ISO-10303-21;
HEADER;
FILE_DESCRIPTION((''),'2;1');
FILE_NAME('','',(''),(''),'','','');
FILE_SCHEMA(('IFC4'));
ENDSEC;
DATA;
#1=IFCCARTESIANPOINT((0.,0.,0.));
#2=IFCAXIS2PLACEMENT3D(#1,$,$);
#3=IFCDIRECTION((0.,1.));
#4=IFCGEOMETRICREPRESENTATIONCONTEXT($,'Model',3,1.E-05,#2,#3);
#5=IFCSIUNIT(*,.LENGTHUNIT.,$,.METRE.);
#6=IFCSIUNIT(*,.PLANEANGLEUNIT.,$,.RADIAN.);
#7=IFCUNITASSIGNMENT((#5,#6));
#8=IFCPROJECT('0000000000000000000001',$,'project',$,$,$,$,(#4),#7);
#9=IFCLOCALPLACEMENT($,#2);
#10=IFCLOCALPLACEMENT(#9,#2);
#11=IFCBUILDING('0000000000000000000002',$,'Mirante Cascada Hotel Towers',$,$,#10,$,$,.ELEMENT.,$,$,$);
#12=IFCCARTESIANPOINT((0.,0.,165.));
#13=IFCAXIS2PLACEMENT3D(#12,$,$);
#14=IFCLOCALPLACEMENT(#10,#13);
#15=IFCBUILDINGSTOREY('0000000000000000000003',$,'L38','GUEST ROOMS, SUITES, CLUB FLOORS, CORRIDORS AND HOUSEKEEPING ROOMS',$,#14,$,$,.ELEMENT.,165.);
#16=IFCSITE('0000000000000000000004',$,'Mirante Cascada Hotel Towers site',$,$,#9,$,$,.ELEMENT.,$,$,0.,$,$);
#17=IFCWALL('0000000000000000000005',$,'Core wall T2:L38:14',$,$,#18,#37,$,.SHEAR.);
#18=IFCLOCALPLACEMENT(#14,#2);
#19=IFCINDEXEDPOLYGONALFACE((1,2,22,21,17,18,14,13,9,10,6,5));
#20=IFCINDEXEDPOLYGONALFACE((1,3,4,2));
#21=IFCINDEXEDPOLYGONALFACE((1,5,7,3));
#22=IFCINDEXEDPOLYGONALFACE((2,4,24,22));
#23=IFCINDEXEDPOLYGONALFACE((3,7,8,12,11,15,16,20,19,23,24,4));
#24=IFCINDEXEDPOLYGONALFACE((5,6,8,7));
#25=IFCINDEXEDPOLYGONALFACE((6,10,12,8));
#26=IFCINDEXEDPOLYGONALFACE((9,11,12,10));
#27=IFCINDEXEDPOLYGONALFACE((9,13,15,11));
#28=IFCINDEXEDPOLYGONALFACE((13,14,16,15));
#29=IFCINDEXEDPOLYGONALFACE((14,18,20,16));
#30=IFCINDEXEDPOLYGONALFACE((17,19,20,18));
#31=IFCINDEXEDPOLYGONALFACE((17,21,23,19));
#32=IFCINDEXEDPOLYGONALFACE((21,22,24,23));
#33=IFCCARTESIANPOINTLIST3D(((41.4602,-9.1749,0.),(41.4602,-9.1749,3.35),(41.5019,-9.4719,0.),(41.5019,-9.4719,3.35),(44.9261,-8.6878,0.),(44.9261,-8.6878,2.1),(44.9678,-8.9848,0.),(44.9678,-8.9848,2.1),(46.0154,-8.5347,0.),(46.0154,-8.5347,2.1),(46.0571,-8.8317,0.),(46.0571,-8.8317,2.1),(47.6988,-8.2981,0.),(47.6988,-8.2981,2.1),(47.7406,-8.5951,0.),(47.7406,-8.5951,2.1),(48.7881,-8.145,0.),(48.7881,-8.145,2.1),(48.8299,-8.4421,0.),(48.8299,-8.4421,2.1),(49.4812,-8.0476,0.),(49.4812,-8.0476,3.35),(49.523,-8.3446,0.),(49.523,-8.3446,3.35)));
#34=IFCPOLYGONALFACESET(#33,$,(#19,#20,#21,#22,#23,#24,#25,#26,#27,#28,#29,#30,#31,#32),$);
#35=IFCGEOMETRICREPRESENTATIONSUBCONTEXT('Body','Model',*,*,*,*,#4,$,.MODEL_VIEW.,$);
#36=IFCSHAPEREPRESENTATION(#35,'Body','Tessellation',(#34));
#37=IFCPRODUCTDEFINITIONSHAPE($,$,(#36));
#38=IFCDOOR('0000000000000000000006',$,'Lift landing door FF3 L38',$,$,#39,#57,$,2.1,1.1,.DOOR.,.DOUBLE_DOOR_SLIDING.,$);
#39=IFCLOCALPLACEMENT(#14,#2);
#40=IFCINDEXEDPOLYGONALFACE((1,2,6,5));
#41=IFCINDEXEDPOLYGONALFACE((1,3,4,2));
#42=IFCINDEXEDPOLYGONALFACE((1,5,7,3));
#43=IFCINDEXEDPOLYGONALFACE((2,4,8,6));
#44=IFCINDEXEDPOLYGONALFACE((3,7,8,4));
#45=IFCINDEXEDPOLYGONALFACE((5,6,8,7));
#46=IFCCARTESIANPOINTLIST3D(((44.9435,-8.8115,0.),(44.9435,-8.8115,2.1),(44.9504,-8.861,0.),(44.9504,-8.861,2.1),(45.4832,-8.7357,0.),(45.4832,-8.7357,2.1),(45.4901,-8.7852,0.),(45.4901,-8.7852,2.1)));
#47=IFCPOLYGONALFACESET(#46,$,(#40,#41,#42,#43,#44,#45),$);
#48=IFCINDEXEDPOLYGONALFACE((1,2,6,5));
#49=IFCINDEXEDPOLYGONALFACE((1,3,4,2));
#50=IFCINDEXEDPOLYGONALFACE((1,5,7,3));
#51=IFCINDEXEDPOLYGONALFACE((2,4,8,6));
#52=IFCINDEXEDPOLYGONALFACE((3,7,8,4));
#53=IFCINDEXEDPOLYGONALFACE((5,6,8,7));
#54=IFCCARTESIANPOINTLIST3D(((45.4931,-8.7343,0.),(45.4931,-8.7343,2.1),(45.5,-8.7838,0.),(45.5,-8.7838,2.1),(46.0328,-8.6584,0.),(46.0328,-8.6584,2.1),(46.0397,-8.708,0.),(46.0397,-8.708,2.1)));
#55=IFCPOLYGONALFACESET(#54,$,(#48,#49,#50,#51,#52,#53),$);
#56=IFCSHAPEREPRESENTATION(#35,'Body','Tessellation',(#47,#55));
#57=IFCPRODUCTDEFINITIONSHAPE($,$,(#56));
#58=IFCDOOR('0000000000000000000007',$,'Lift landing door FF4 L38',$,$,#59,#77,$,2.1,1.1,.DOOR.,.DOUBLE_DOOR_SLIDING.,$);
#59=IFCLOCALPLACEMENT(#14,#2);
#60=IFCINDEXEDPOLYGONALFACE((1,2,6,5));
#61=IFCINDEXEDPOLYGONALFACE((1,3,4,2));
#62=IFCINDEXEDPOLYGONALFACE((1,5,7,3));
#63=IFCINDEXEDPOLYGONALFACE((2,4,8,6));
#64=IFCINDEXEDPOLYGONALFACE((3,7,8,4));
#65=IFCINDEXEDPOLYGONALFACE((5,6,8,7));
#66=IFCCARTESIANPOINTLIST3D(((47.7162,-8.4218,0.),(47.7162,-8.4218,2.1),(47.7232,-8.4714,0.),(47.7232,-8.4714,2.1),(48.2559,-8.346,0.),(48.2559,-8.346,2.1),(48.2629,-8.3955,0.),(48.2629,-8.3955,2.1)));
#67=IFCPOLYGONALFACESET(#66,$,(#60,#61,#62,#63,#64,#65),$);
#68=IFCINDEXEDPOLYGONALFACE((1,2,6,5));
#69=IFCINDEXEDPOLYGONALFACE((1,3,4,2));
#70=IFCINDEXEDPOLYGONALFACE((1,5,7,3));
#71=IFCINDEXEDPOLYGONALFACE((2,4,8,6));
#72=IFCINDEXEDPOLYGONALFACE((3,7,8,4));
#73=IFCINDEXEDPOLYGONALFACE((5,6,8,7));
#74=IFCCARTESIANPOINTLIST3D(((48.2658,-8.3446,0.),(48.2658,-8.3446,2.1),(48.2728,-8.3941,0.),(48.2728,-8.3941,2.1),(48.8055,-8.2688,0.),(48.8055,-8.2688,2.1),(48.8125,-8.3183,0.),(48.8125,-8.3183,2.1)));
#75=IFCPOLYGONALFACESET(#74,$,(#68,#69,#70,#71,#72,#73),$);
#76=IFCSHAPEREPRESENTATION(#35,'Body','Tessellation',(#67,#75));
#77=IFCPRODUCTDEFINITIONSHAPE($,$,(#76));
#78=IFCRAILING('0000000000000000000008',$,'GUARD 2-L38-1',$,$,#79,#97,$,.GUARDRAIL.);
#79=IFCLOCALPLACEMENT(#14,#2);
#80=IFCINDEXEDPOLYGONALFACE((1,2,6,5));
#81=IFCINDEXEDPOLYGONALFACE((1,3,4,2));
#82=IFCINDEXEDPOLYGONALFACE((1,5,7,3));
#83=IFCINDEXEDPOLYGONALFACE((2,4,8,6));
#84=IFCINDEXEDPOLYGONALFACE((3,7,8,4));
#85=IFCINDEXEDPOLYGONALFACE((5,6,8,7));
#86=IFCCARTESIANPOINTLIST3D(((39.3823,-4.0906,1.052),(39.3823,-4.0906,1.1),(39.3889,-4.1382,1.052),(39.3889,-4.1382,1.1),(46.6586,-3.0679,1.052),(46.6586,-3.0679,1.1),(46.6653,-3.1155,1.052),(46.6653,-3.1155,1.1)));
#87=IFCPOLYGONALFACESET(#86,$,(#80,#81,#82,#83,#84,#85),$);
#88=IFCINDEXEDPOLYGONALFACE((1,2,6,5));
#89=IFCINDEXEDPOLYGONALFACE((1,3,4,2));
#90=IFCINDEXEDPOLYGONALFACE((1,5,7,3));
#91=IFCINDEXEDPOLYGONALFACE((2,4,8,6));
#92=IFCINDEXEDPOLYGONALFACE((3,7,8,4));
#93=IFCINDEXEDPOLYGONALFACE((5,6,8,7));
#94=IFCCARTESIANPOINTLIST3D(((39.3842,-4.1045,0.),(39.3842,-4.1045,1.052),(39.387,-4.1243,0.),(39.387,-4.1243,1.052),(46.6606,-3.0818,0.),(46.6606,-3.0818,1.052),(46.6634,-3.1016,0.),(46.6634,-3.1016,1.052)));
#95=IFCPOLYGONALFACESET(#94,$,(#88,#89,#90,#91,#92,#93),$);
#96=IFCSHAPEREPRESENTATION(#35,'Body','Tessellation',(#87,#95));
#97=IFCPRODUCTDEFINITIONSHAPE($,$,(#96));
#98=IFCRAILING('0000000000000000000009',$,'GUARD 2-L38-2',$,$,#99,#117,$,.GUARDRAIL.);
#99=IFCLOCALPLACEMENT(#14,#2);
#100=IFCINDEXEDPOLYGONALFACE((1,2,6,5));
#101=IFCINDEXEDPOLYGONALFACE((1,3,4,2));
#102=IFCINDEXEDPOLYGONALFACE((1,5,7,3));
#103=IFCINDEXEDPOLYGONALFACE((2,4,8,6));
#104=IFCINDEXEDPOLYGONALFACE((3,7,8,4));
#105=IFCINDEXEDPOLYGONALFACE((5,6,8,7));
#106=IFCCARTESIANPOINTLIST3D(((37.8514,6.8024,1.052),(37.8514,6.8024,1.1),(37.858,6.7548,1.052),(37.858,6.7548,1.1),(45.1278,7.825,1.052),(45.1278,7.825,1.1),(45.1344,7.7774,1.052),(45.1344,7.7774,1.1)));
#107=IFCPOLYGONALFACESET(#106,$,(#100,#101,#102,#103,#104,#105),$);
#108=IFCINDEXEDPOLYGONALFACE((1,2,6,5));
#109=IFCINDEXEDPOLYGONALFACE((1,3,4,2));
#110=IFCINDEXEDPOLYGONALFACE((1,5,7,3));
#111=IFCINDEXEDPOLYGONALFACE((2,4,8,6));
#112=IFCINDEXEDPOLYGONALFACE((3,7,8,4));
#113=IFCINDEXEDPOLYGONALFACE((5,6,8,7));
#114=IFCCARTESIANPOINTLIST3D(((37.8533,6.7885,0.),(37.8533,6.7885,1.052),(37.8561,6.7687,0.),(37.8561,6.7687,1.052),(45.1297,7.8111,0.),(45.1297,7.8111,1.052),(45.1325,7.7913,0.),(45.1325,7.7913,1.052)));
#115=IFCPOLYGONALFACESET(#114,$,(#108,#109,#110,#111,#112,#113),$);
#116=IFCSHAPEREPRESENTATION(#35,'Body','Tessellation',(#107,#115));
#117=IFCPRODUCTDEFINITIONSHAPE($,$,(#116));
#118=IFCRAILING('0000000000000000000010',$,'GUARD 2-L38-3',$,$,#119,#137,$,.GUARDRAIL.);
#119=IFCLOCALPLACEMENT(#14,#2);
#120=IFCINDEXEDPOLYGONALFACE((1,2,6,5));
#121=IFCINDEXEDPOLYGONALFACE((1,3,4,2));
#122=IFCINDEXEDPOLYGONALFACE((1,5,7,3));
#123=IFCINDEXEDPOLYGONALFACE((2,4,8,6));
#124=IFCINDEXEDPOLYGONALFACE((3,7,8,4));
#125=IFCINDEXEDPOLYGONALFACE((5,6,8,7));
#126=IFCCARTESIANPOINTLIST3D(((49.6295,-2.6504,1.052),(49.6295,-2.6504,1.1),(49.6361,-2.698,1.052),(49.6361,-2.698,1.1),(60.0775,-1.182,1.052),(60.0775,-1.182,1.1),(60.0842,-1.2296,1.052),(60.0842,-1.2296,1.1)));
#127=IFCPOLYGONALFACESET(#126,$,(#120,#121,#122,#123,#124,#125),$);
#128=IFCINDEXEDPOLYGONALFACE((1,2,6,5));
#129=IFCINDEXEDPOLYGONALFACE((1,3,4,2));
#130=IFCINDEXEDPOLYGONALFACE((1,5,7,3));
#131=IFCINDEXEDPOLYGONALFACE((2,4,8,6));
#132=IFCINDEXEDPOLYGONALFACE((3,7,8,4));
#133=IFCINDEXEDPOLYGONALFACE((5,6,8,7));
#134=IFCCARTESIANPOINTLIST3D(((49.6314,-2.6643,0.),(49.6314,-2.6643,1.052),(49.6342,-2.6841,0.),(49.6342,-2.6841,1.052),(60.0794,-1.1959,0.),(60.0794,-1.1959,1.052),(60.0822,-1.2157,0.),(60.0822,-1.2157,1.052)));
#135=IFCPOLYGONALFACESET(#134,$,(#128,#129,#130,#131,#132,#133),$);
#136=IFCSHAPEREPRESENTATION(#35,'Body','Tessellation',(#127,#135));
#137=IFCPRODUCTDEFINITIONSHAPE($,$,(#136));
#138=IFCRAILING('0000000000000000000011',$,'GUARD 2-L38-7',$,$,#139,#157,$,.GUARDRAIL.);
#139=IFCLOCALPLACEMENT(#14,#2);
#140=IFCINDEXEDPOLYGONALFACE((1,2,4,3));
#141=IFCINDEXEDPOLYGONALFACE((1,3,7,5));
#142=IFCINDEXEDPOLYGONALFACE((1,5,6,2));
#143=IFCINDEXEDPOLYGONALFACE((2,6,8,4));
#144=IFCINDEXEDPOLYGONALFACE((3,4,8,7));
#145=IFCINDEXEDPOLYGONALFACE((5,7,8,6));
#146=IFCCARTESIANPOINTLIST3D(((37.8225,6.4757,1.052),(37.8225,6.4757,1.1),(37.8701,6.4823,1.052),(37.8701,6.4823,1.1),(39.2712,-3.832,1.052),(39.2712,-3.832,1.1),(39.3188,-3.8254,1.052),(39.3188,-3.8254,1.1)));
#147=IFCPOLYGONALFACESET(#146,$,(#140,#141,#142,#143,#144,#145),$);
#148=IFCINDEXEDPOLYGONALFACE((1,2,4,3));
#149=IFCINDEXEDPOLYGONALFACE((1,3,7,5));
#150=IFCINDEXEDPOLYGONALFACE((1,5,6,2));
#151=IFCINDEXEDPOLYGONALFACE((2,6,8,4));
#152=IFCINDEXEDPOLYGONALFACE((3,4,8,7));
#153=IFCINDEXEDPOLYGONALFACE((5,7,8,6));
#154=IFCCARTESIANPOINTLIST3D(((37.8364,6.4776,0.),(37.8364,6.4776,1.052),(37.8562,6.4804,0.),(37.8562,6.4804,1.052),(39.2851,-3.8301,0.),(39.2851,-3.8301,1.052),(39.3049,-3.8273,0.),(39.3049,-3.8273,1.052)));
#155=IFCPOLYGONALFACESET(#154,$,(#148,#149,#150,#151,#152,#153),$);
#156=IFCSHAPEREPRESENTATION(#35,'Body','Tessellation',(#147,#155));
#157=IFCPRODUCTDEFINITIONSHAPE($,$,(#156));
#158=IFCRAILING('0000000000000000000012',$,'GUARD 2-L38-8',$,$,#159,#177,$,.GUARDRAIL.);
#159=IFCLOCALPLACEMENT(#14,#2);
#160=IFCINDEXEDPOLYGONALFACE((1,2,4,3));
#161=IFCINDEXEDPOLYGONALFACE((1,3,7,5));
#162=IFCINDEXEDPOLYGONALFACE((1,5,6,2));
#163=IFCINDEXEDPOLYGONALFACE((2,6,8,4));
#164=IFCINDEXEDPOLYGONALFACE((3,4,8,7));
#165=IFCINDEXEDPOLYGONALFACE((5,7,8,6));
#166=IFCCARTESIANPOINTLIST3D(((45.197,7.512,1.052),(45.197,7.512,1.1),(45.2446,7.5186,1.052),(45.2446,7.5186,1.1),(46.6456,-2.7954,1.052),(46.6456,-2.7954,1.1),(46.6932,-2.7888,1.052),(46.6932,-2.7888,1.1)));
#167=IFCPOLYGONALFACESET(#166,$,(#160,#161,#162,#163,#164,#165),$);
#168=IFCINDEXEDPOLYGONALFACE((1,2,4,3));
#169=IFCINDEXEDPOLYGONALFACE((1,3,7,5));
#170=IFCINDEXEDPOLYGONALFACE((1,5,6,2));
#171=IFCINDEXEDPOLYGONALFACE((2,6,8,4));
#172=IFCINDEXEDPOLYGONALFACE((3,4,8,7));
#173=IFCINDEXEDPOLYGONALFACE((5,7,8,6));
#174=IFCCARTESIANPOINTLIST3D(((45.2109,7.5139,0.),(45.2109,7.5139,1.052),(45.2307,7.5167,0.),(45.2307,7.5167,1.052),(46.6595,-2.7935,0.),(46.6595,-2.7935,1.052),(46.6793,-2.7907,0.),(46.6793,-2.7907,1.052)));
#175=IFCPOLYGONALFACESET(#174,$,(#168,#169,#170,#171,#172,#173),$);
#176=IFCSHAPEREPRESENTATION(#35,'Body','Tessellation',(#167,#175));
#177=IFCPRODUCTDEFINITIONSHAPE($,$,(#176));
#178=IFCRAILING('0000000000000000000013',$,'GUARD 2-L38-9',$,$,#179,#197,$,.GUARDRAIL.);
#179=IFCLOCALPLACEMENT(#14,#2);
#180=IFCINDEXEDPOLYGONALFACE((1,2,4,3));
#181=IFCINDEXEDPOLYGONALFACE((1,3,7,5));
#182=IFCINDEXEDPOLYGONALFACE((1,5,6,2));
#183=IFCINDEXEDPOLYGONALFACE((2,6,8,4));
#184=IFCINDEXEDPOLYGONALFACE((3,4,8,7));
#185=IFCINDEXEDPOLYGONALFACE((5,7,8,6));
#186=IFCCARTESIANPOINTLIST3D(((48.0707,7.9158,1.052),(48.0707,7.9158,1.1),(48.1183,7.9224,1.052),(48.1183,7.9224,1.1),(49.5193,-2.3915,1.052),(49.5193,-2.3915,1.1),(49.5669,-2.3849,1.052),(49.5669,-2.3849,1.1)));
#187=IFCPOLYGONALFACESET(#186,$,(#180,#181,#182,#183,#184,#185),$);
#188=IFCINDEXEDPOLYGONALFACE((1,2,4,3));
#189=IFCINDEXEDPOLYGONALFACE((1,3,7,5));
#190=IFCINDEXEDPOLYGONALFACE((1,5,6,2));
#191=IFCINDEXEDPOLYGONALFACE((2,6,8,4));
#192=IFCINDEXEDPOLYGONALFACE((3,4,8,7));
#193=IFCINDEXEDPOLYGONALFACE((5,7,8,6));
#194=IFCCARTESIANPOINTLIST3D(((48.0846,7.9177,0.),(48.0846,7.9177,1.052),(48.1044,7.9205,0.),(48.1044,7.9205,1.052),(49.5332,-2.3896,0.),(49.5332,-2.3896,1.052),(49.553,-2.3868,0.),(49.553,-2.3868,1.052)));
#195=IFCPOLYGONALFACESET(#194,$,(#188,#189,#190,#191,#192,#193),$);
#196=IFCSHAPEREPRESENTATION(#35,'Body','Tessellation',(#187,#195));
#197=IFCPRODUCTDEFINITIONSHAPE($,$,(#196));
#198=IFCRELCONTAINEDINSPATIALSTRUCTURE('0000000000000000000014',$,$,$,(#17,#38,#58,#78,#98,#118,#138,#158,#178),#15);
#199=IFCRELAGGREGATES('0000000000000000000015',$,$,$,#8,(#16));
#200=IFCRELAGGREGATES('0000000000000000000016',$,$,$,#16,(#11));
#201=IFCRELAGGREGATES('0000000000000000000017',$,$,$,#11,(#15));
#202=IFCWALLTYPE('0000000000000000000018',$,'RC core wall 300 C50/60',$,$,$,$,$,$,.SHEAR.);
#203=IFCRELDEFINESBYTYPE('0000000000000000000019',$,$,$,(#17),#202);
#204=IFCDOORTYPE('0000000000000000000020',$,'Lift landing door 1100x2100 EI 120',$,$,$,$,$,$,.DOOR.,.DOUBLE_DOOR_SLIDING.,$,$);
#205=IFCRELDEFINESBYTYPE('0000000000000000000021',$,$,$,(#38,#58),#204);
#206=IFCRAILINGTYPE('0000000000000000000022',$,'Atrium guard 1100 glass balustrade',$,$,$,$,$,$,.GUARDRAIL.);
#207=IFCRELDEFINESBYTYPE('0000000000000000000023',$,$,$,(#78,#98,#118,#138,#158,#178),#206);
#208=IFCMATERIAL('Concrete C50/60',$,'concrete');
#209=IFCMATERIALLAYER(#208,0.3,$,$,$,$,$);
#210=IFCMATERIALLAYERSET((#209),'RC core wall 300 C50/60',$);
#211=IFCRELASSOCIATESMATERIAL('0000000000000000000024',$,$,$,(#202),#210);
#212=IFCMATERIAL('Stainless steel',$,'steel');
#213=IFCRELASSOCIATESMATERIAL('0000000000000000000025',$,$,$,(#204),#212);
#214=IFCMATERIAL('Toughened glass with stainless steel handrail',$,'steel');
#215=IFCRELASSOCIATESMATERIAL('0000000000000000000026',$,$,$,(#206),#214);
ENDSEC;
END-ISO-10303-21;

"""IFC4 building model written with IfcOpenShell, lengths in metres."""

from ifc_helpers import new_model, si_unit, direction, frame, frame_2d, origin, origin_2d, place, context, subcontext, project, spatial, rectangle, extrude, material, layer, layer_set, type_object, element, fill, save


model = new_model("IFC4")

# Units and contexts
model_context = context("Model", 3, precision=1e-05, world=origin(), true_north=direction((0.0, 1.0)))
body_context = subcontext(model_context, "Body", "Model", "MODEL_VIEW")
ifc_project = project(units=[si_unit("LENGTHUNIT", "METRE"), si_unit("PLANEANGLEUNIT", "RADIAN")], contexts=[model_context])

# Site, building, storey
site_placement = place(None, origin())
site = spatial("IfcSite", under=ifc_project, at=site_placement, Name="Mirante Cascada Hotel Towers site", CompositionType="ELEMENT", RefElevation=0.0)
building_placement = place(site_placement, origin())
building = spatial("IfcBuilding", under=site, at=building_placement, Name="Mirante Cascada Hotel Towers", CompositionType="ELEMENT")
storey_placement = place(building_placement, frame((0.0, 0.0, 165.0)))
storey = spatial("IfcBuildingStorey", under=building, at=storey_placement, Name="L38", Description="GUEST ROOMS, SUITES, CLUB FLOORS, CORRIDORS AND HOUSEKEEPING ROOMS", CompositionType="ELEMENT", Elevation=165.0)

# Shared definitions
ifc_material_1 = material(Name="Concrete C50/60", Category="concrete")
ifc_layer_1 = layer(ifc_material_1, 0.3)
ifc_layer_set_1 = layer_set([ifc_layer_1], Name="RC core wall 300 C50/60")
wall_type_1 = type_object("IfcWallType", Name="RC core wall 300 C50/60", PredefinedType="SHEAR", material=ifc_layer_set_1)

# Wall, openings, doors
wall_1_placement = place(storey_placement, frame((41.481, -9.3234, 0.0), z_axis=(0.0, 0.0, 1.0), x_axis=(0.990268, 0.139174, 0.0)))
wall_1 = element("IfcWall", 1, at=wall_1_placement, inside=storey, type_object=wall_type_1, Name="Core wall T2:L38:14", PredefinedType="SHEAR", context=body_context, shape_type="SweptSolid", body=[
    extrude(rectangle(XDim=8.0999, YDim=0.3, at=frame_2d((4.05, 0.0))), origin(), (0.0, 0.0, 1.0), 3.35),
])
opening_1_placement = place(wall_1_placement, frame((3.5, 0.0, 0.0)))
opening_1 = element("IfcOpeningElement", 2, at=opening_1_placement, cuts=wall_1, PredefinedType="OPENING", context=body_context, shape_type="SweptSolid", body=[
    extrude(rectangle(XDim=1.1, YDim=2.1, at=frame_2d((0.55, 1.05))), frame((0.0, 0.15, 0.0), z_axis=(0.0, -1.0, 0.0), x_axis=(1.0, 0.0, 0.0)), (0.0, 0.0, 1.0), 0.3),
])
opening_2_placement = place(wall_1_placement, frame((6.3, 0.0, 0.0)))
opening_2 = element("IfcOpeningElement", 3, at=opening_2_placement, cuts=wall_1, PredefinedType="OPENING", context=body_context, shape_type="SweptSolid", body=[
    extrude(rectangle(XDim=1.1, YDim=2.1, at=frame_2d((0.55, 1.05))), frame((0.0, 0.15, 0.0), z_axis=(0.0, -1.0, 0.0), x_axis=(1.0, 0.0, 0.0)), (0.0, 0.0, 1.0), 0.3),
])
ifc_material_2 = material(Name="Stainless steel", Category="steel")
door_type_1 = type_object("IfcDoorType", Name="Lift landing door 1100x2100 EI 120", OperationType="DOUBLE_DOOR_SLIDING", PredefinedType="DOOR", material=ifc_material_2)
door_1_placement = place(opening_1_placement, origin())
door_1 = element("IfcDoor", 4, at=door_1_placement, inside=storey, type_object=door_type_1, Name="Lift landing door FF3 L38", OperationType="DOUBLE_DOOR_SLIDING", OverallHeight=2.1, OverallWidth=1.1, PredefinedType="DOOR", context=body_context, shape_type="SweptSolid", body=[
    extrude(rectangle(XDim=0.545, YDim=2.1, at=frame_2d((0.2725, 1.05))), frame((0.0, 0.025, 0.0), z_axis=(0.0, -1.0, 0.0), x_axis=(1.0, 0.0, 0.0)), (0.0, 0.0, 1.0), 0.05),
    extrude(rectangle(XDim=0.545, YDim=2.1, at=frame_2d((0.8275, 1.05))), frame((0.0, 0.025, 0.0), z_axis=(0.0, -1.0, 0.0), x_axis=(1.0, 0.0, 0.0)), (0.0, 0.0, 1.0), 0.05),
])
fill(opening_1, door_1)
door_2_placement = place(opening_2_placement, origin())
door_2 = element("IfcDoor", 5, at=door_2_placement, inside=storey, type_object=door_type_1, Name="Lift landing door FF4 L38", OperationType="DOUBLE_DOOR_SLIDING", OverallHeight=2.1, OverallWidth=1.1, PredefinedType="DOOR", context=body_context, shape_type="SweptSolid", body=[
    extrude(rectangle(XDim=0.545, YDim=2.1, at=frame_2d((0.2725, 1.05))), frame((0.0, 0.025, 0.0), z_axis=(0.0, -1.0, 0.0), x_axis=(1.0, 0.0, 0.0)), (0.0, 0.0, 1.0), 0.05),
    extrude(rectangle(XDim=0.545, YDim=2.1, at=frame_2d((0.8275, 1.05))), frame((0.0, 0.025, 0.0), z_axis=(0.0, -1.0, 0.0), x_axis=(1.0, 0.0, 0.0)), (0.0, 0.0, 1.0), 0.05),
])
fill(opening_2, door_2)

# Railings
ifc_material_3 = material(Name="Toughened glass with stainless steel handrail", Category="steel")
railing_type = type_object("IfcRailingType", Name="Atrium guard 1100 glass balustrade", PredefinedType="GUARDRAIL", material=ifc_material_3)
railing_1_placement = place(storey_placement, frame((39.3856, -4.1144, 0.0)))
element("IfcRailing", 6, at=railing_1_placement, inside=storey, type_object=railing_type, Name="GUARD 2-L38-1", PredefinedType="GUARDRAIL", context=body_context, shape_type="SweptSolid", body=[
    extrude(rectangle(XDim=0.048, YDim=0.048, at=origin_2d()), frame((0.0, 0.0, 1.076), z_axis=(0.990267, 0.139182, 0.0), x_axis=(-0.139182, 0.990267, 0.0)), (0.0, 0.0, 1.0), 7.3479),
    extrude(rectangle(XDim=0.02, YDim=1.052, at=origin_2d()), frame((0.0, 0.0, 0.526), z_axis=(0.990267, 0.139182, 0.0), x_axis=(-0.139182, 0.990267, 0.0)), (0.0, 0.0, 1.0), 7.3479),
])
railing_2_placement = place(storey_placement, frame((45.1311, 7.8012, 0.0)))
element("IfcRailing", 7, at=railing_2_placement, inside=storey, type_object=railing_type, Name="GUARD 2-L38-2", PredefinedType="GUARDRAIL", context=body_context, shape_type="SweptSolid", body=[
    extrude(rectangle(XDim=0.048, YDim=0.048, at=origin_2d()), frame((0.0, 0.0, 1.076), z_axis=(-0.990269, -0.139169, 0.0), x_axis=(0.139169, -0.990269, 0.0)), (0.0, 0.0, 1.0), 7.3479),
    extrude(rectangle(XDim=0.02, YDim=1.052, at=origin_2d()), frame((0.0, 0.0, 0.526), z_axis=(-0.990269, -0.139169, 0.0), x_axis=(0.139169, -0.990269, 0.0)), (0.0, 0.0, 1.0), 7.3479),
])
railing_3_placement = place(storey_placement, frame((49.6328, -2.6742, 0.0)))
element("IfcRailing", 8, at=railing_3_placement, inside=storey, type_object=railing_type, Name="GUARD 2-L38-3", PredefinedType="GUARDRAIL", context=body_context, shape_type="SweptSolid", body=[
    extrude(rectangle(XDim=0.048, YDim=0.048, at=origin_2d()), frame((0.0, 0.0, 1.076), z_axis=(0.990268, 0.139176, 0.0), x_axis=(-0.139176, 0.990268, 0.0)), (0.0, 0.0, 1.0), 10.5507),
    extrude(rectangle(XDim=0.02, YDim=1.052, at=origin_2d()), frame((0.0, 0.0, 0.526), z_axis=(0.990268, 0.139176, 0.0), x_axis=(-0.139176, 0.990268, 0.0)), (0.0, 0.0, 1.0), 10.5507),
])
railing_4_placement = place(storey_placement, frame((37.8463, 6.479, 0.0)))
element("IfcRailing", 9, at=railing_4_placement, inside=storey, type_object=railing_type, Name="GUARD 2-L38-7", PredefinedType="GUARDRAIL", context=body_context, shape_type="SweptSolid", body=[
    extrude(rectangle(XDim=0.048, YDim=0.048, at=origin_2d()), frame((0.0, 0.0, 1.076), z_axis=(0.139178, -0.990267, 0.0), x_axis=(0.990267, 0.139178, 0.0)), (0.0, 0.0, 1.0), 10.409),
    extrude(rectangle(XDim=0.02, YDim=1.052, at=origin_2d()), frame((0.0, 0.0, 0.526), z_axis=(0.139178, -0.990267, 0.0), x_axis=(0.990267, 0.139178, 0.0)), (0.0, 0.0, 1.0), 10.409),
])
railing_5_placement = place(storey_placement, frame((46.6694, -2.7921, 0.0)))
element("IfcRailing", 10, at=railing_5_placement, inside=storey, type_object=railing_type, Name="GUARD 2-L38-8", PredefinedType="GUARDRAIL", context=body_context, shape_type="SweptSolid", body=[
    extrude(rectangle(XDim=0.048, YDim=0.048, at=origin_2d()), frame((0.0, 0.0, 1.076), z_axis=(-0.139172, 0.990268, 0.0), x_axis=(-0.990268, -0.139172, 0.0)), (0.0, 0.0, 1.0), 10.4087),
    extrude(rectangle(XDim=0.02, YDim=1.052, at=origin_2d()), frame((0.0, 0.0, 0.526), z_axis=(-0.139172, 0.990268, 0.0), x_axis=(-0.990268, -0.139172, 0.0)), (0.0, 0.0, 1.0), 10.4087),
])
railing_6_placement = place(storey_placement, frame((48.0945, 7.9191, 0.0)))
element("IfcRailing", 11, at=railing_6_placement, inside=storey, type_object=railing_type, Name="GUARD 2-L38-9", PredefinedType="GUARDRAIL", context=body_context, shape_type="SweptSolid", body=[
    extrude(rectangle(XDim=0.048, YDim=0.048, at=origin_2d()), frame((0.0, 0.0, 1.076), z_axis=(0.139173, -0.990268, 0.0), x_axis=(0.990268, 0.139173, 0.0)), (0.0, 0.0, 1.0), 10.4086),
    extrude(rectangle(XDim=0.02, YDim=1.052, at=origin_2d()), frame((0.0, 0.0, 0.526), z_axis=(0.139173, -0.990268, 0.0), x_axis=(0.990268, 0.139173, 0.0)), (0.0, 0.0, 1.0), 10.4086),
])

save(model, "model.ifc")
